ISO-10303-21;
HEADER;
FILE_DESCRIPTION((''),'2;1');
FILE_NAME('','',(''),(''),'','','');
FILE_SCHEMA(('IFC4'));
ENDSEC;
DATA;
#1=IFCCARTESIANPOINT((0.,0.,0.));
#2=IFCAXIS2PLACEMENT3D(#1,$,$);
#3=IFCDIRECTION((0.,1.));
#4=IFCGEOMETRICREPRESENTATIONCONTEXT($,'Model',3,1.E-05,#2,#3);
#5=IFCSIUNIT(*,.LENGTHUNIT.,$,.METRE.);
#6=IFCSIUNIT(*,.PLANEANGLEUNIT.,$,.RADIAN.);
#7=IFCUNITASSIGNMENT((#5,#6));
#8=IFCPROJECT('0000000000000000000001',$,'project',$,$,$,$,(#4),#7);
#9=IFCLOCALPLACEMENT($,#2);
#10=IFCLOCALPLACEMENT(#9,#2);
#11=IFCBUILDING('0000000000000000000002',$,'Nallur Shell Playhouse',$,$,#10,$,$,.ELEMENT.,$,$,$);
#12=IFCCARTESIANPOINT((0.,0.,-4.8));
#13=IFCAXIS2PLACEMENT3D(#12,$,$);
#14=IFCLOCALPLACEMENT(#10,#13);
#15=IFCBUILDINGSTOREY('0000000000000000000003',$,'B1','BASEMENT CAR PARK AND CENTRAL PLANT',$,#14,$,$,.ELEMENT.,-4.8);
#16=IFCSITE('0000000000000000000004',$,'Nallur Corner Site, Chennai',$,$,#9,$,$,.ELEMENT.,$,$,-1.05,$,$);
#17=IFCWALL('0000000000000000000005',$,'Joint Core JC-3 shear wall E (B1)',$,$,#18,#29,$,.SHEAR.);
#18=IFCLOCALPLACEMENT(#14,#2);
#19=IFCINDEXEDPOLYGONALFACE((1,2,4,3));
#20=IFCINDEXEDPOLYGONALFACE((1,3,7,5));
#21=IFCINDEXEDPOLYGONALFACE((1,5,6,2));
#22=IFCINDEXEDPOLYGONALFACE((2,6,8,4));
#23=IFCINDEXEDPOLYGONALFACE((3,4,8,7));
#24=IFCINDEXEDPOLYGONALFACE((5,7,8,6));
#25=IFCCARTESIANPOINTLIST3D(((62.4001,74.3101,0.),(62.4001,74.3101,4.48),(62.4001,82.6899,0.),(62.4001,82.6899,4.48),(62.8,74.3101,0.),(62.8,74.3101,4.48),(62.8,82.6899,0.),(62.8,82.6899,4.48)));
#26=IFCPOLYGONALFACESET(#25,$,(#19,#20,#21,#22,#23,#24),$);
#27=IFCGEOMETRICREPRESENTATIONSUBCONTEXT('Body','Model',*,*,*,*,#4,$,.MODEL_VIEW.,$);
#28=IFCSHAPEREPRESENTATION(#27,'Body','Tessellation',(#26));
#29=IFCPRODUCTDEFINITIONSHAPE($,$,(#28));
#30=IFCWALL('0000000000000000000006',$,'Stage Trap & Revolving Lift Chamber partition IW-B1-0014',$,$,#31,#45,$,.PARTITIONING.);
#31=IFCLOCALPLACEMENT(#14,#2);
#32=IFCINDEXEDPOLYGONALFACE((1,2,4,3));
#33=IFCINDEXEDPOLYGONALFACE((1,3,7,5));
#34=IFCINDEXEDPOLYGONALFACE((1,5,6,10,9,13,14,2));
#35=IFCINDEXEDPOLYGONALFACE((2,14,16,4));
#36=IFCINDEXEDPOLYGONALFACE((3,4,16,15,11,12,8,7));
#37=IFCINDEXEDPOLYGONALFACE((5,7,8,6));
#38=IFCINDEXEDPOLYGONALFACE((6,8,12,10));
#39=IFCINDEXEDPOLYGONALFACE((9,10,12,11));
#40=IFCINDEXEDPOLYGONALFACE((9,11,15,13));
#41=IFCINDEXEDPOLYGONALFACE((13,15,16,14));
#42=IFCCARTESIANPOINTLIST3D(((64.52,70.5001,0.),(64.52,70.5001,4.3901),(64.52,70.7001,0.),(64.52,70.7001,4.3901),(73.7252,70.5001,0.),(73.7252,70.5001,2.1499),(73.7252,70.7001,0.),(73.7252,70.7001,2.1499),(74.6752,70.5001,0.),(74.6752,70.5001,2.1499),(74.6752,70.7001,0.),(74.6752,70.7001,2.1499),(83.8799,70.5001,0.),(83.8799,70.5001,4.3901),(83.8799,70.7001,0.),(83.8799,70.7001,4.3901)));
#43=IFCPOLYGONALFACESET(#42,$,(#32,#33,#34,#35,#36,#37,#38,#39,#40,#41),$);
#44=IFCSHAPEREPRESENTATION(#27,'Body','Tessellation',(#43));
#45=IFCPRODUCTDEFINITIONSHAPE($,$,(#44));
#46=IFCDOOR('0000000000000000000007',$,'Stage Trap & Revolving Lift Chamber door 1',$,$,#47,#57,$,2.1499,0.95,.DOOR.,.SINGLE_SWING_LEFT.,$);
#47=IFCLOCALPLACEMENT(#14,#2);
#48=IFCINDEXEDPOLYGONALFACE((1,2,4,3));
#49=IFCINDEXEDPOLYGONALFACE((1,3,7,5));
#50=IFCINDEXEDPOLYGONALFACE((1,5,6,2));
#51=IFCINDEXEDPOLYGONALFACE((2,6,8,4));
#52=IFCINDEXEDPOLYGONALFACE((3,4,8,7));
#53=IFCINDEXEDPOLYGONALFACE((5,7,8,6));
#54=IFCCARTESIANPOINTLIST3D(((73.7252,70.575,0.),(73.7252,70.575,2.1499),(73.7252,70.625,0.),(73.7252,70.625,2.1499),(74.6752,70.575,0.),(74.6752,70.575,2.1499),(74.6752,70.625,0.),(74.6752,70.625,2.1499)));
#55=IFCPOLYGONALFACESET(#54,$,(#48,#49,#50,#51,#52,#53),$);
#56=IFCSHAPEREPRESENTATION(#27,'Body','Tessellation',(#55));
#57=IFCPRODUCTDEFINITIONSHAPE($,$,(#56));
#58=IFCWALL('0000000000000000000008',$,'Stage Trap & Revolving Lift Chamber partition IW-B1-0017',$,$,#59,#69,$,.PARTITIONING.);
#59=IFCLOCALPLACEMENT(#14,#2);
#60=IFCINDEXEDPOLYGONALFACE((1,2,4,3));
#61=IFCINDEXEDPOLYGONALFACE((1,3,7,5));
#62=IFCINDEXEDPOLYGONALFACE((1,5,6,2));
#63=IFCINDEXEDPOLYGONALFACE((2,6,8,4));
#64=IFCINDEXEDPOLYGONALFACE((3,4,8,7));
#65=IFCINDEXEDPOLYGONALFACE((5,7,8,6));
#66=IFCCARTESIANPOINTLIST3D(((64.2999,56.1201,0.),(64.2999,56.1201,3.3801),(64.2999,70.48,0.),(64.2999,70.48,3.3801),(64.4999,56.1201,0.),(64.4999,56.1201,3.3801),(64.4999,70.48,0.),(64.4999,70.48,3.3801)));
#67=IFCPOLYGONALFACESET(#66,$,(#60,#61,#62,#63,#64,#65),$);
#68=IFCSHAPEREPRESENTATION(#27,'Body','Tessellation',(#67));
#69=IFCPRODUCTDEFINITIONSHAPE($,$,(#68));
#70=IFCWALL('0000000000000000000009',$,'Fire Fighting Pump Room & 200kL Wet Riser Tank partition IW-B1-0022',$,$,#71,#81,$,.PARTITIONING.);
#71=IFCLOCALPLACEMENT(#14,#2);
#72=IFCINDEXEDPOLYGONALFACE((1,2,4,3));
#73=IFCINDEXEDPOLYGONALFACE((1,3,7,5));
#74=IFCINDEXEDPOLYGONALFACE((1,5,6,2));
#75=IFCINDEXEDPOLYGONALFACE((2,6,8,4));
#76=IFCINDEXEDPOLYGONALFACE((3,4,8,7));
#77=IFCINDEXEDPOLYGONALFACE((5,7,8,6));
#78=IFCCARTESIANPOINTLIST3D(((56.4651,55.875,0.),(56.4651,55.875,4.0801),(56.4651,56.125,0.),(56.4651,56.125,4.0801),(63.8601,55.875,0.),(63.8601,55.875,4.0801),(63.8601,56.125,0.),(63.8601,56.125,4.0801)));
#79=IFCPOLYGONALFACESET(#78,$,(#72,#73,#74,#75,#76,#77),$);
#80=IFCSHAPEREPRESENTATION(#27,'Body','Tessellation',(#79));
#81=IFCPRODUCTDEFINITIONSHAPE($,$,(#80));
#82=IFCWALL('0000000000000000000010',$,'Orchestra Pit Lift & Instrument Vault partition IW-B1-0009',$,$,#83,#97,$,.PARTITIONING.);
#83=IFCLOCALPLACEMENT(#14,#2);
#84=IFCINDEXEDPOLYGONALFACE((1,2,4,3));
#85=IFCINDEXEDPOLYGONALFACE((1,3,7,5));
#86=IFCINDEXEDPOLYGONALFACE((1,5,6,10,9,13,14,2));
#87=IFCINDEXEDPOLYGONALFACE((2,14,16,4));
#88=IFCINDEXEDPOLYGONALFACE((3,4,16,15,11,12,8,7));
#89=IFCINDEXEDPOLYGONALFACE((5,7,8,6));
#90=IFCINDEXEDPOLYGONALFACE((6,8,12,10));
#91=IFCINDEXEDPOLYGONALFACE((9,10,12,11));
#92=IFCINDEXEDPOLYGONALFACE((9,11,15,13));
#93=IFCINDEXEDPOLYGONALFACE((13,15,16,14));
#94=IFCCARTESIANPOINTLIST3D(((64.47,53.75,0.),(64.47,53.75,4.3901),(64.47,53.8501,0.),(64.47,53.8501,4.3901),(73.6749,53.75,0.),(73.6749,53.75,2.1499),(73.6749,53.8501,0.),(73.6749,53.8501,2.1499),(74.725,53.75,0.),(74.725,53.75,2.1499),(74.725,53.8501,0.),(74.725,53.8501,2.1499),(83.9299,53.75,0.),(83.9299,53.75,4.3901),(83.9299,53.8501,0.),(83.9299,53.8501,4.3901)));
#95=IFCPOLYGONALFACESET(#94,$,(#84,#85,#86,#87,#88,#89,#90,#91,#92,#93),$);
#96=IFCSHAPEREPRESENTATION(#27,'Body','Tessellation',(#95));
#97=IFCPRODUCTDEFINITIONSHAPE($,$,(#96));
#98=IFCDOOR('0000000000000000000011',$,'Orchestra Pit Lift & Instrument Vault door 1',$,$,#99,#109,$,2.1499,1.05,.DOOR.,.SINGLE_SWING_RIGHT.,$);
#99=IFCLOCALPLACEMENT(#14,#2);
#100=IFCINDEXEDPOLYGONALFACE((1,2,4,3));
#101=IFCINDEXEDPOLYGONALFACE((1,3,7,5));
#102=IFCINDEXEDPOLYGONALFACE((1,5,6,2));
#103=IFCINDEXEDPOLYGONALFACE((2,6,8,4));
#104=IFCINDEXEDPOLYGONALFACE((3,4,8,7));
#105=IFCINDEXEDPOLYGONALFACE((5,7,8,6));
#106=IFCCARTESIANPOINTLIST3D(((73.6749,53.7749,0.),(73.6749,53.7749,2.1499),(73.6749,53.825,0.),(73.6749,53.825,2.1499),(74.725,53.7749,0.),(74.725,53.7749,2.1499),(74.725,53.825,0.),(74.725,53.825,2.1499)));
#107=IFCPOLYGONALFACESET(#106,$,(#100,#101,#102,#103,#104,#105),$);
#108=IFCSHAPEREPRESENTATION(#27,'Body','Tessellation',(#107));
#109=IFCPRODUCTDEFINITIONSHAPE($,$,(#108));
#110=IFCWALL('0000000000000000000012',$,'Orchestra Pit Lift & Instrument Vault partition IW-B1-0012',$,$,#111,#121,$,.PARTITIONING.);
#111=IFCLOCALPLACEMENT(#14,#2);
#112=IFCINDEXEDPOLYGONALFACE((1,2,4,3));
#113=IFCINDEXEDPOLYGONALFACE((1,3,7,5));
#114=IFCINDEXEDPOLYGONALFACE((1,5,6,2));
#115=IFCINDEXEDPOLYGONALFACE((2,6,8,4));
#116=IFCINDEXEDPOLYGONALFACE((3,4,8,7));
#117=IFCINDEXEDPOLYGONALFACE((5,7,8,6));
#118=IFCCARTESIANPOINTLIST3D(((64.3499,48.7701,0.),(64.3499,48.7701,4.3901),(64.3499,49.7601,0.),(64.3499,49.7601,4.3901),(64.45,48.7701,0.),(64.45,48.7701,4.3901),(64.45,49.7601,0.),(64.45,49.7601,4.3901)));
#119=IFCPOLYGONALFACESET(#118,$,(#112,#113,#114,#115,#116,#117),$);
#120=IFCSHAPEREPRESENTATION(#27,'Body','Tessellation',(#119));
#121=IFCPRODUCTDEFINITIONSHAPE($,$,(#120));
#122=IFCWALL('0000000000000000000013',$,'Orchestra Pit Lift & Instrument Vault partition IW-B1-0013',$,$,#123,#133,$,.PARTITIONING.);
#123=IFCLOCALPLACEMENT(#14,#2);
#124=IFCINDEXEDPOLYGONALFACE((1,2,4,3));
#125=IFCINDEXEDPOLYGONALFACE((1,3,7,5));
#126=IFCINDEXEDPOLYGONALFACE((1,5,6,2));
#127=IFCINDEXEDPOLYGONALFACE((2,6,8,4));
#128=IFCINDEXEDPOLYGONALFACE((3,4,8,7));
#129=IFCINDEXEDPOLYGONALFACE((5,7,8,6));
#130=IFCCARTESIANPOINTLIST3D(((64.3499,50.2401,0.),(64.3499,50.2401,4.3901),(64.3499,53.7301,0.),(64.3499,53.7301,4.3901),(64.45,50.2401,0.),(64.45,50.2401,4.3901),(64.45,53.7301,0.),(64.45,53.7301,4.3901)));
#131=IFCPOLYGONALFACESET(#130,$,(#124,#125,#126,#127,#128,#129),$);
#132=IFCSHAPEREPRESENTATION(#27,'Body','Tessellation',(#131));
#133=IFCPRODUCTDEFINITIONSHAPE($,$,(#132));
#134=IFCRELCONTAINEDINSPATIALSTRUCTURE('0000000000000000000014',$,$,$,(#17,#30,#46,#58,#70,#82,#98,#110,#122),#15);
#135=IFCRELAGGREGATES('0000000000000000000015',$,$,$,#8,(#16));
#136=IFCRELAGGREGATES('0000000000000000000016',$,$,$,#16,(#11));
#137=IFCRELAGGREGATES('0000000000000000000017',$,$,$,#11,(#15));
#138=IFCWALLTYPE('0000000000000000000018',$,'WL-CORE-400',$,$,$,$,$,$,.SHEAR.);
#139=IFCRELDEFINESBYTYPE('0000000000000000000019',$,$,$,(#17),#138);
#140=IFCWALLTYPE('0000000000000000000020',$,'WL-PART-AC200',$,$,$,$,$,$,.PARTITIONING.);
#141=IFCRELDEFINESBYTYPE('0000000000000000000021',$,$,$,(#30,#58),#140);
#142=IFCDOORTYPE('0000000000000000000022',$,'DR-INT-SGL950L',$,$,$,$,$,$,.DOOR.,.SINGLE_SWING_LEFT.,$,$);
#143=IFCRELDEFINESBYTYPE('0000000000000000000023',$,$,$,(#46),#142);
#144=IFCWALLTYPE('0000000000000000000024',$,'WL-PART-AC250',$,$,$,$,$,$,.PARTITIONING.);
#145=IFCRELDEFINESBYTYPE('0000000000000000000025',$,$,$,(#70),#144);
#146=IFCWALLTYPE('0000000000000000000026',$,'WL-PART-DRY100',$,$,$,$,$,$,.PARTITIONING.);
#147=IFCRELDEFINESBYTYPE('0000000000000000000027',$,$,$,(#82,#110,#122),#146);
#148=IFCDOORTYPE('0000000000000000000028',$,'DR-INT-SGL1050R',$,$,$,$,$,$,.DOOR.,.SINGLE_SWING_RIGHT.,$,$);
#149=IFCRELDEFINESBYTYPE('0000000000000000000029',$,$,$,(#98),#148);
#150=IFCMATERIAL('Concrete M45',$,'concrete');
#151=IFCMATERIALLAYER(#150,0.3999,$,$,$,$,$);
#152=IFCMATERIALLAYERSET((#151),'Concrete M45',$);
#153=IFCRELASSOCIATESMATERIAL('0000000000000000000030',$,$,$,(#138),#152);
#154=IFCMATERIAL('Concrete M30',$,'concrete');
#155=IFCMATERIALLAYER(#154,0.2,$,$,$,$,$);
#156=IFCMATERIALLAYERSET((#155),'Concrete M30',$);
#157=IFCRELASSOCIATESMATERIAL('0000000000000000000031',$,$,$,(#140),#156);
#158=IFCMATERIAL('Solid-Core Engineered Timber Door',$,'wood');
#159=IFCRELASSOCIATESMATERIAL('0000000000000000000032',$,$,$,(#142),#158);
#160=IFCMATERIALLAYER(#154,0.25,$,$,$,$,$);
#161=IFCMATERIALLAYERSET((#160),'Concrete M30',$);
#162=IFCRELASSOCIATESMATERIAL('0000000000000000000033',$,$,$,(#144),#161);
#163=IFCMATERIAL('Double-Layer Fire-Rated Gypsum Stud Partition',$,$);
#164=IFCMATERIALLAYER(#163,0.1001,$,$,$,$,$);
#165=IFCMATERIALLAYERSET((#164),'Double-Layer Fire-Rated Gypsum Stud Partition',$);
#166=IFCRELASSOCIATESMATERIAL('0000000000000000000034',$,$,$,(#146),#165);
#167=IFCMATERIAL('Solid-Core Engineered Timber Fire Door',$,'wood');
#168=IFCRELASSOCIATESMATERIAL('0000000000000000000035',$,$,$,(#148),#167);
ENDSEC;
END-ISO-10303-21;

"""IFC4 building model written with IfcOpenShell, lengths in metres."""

from ifc_helpers import new_model, si_unit, direction, frame, frame_2d, origin, place, context, subcontext, project, spatial, rectangle, extrude, material, layer, layer_set, type_object, element, fill, save


model = new_model("IFC4")

# Units and contexts
model_context = context("Model", 3, precision=1e-05, world=origin(), true_north=direction((0.0, 1.0)))
body_context = subcontext(model_context, "Body", "Model", "MODEL_VIEW")
ifc_project = project(units=[si_unit("LENGTHUNIT", "METRE"), si_unit("PLANEANGLEUNIT", "RADIAN")], contexts=[model_context])

# Site, building, storey
site_placement = place(None, origin())
site = spatial("IfcSite", under=ifc_project, at=site_placement, Name="Nallur Corner Site, Chennai", CompositionType="ELEMENT", RefElevation=-1.05)
building_placement = place(site_placement, origin())
building = spatial("IfcBuilding", under=site, at=building_placement, Name="Nallur Shell Playhouse", CompositionType="ELEMENT")
storey_placement = place(building_placement, frame((0.0, 0.0, -4.8)))
storey = spatial("IfcBuildingStorey", under=building, at=storey_placement, Name="B1", Description="BASEMENT CAR PARK AND CENTRAL PLANT", CompositionType="ELEMENT", Elevation=-4.8)

# Wall
ifc_material_1 = material(Name="Concrete M45", Category="concrete")
ifc_layer_1 = layer(ifc_material_1, 0.3999)
ifc_layer_set_1 = layer_set([ifc_layer_1], Name="Concrete M45")
wall_type_1 = type_object("IfcWallType", Name="WL-CORE-400", PredefinedType="SHEAR", material=ifc_layer_set_1)
wall_1_placement = place(storey_placement, frame((62.6001, 74.3101, 0.0), z_axis=(0.0, 0.0, 1.0), x_axis=(0.0, 1.0, 0.0)))
element("IfcWall", 1, at=wall_1_placement, inside=storey, type_object=wall_type_1, Name="Joint Core JC-3 shear wall E (B1)", PredefinedType="SHEAR", context=body_context, shape_type="SweptSolid", body=[
    extrude(rectangle(XDim=8.3799, YDim=0.3999, at=frame_2d((4.1899, 0.0))), origin(), (0.0, 0.0, 1.0), 4.48),
])

# Wall, opening, door
ifc_material_2 = material(Name="Concrete M30", Category="concrete")
ifc_layer_2 = layer(ifc_material_2, 0.2)
ifc_layer_set_2 = layer_set([ifc_layer_2], Name="Concrete M30")
wall_type_2 = type_object("IfcWallType", Name="WL-PART-AC200", PredefinedType="PARTITIONING", material=ifc_layer_set_2)
wall_2_placement = place(storey_placement, frame((64.52, 70.6001, 0.0), z_axis=(0.0, 0.0, 1.0), x_axis=(1.0, 0.0, 0.0)))
wall_2 = element("IfcWall", 2, at=wall_2_placement, inside=storey, type_object=wall_type_2, Name="Stage Trap & Revolving Lift Chamber partition IW-B1-0014", PredefinedType="PARTITIONING", context=body_context, shape_type="SweptSolid", body=[
    extrude(rectangle(XDim=19.3599, YDim=0.2, at=frame_2d((9.6799, 0.0))), origin(), (0.0, 0.0, 1.0), 4.3901),
])
opening_1_placement = place(wall_2_placement, frame((9.2051, 0.0, 0.0)))
opening_1 = element("IfcOpeningElement", 3, at=opening_1_placement, cuts=wall_2, PredefinedType="OPENING", context=body_context, shape_type="SweptSolid", body=[
    extrude(rectangle(XDim=0.95, YDim=2.1499, at=frame_2d((0.4751, 1.075))), frame((0.0, 0.1099, 0.0), z_axis=(0.0, -1.0, 0.0), x_axis=(1.0, 0.0, 0.0)), (0.0, 0.0, 1.0), 0.22),
])
ifc_material_3 = material(Name="Solid-Core Engineered Timber Door", Category="wood")
door_type_1 = type_object("IfcDoorType", Name="DR-INT-SGL950L", OperationType="SINGLE_SWING_LEFT", PredefinedType="DOOR", material=ifc_material_3)
door_1_placement = place(opening_1_placement, origin())
door_1 = element("IfcDoor", 4, at=door_1_placement, inside=storey, type_object=door_type_1, Name="Stage Trap & Revolving Lift Chamber door 1", OperationType="SINGLE_SWING_LEFT", OverallHeight=2.1499, OverallWidth=0.95, PredefinedType="DOOR", context=body_context, shape_type="SweptSolid", body=[
    extrude(rectangle(XDim=0.95, YDim=2.1499, at=frame_2d((0.4751, 1.075))), frame((0.0, 0.0249, 0.0), z_axis=(0.0, -1.0, 0.0), x_axis=(1.0, 0.0, 0.0)), (0.0, 0.0, 1.0), 0.05),
])
fill(opening_1, door_1)

# Walls
wall_3_placement = place(storey_placement, frame((64.3999, 56.1201, 0.0), z_axis=(0.0, 0.0, 1.0), x_axis=(0.0, 1.0, 0.0)))
element("IfcWall", 5, at=wall_3_placement, inside=storey, type_object=wall_type_2, Name="Stage Trap & Revolving Lift Chamber partition IW-B1-0017", PredefinedType="PARTITIONING", context=body_context, shape_type="SweptSolid", body=[
    extrude(rectangle(XDim=14.3599, YDim=0.2, at=frame_2d((7.1799, 0.0))), origin(), (0.0, 0.0, 1.0), 3.3801),
])
ifc_layer_3 = layer(ifc_material_2, 0.25)
ifc_layer_set_3 = layer_set([ifc_layer_3], Name="Concrete M30")
wall_type_3 = type_object("IfcWallType", Name="WL-PART-AC250", PredefinedType="PARTITIONING", material=ifc_layer_set_3)
wall_4_placement = place(storey_placement, frame((63.8601, 56.0, 0.0), z_axis=(0.0, 0.0, 1.0), x_axis=(-1.0, 0.0, 0.0)))
element("IfcWall", 6, at=wall_4_placement, inside=storey, type_object=wall_type_3, Name="Fire Fighting Pump Room & 200kL Wet Riser Tank partition IW-B1-0022", PredefinedType="PARTITIONING", context=body_context, shape_type="SweptSolid", body=[
    extrude(rectangle(XDim=7.395, YDim=0.25, at=frame_2d((3.6975, 0.0))), origin(), (0.0, 0.0, 1.0), 4.0801),
])

# Wall, opening, door
ifc_material_4 = material(Name="Double-Layer Fire-Rated Gypsum Stud Partition")
ifc_layer_4 = layer(ifc_material_4, 0.1001)
ifc_layer_set_4 = layer_set([ifc_layer_4], Name="Double-Layer Fire-Rated Gypsum Stud Partition")
wall_type_4 = type_object("IfcWallType", Name="WL-PART-DRY100", PredefinedType="PARTITIONING", material=ifc_layer_set_4)
wall_5_placement = place(storey_placement, frame((64.47, 53.8, 0.0), z_axis=(0.0, 0.0, 1.0), x_axis=(1.0, 0.0, 0.0)))
wall_5 = element("IfcWall", 7, at=wall_5_placement, inside=storey, type_object=wall_type_4, Name="Orchestra Pit Lift & Instrument Vault partition IW-B1-0009", PredefinedType="PARTITIONING", context=body_context, shape_type="SweptSolid", body=[
    extrude(rectangle(XDim=19.46, YDim=0.1001, at=frame_2d((9.73, 0.0))), origin(), (0.0, 0.0, 1.0), 4.3901),
])
opening_2_placement = place(wall_5_placement, frame((9.2051, 0.0, 0.0)))
opening_2 = element("IfcOpeningElement", 8, at=opening_2_placement, cuts=wall_5, PredefinedType="OPENING", context=body_context, shape_type="SweptSolid", body=[
    extrude(rectangle(XDim=1.05, YDim=2.1499, at=frame_2d((0.5249, 1.075))), frame((0.0, 0.0601, 0.0), z_axis=(0.0, -1.0, 0.0), x_axis=(1.0, 0.0, 0.0)), (0.0, 0.0, 1.0), 0.1201),
])
ifc_material_5 = material(Name="Solid-Core Engineered Timber Fire Door", Category="wood")
door_type_2 = type_object("IfcDoorType", Name="DR-INT-SGL1050R", OperationType="SINGLE_SWING_RIGHT", PredefinedType="DOOR", material=ifc_material_5)
door_2_placement = place(opening_2_placement, origin())
door_2 = element("IfcDoor", 9, at=door_2_placement, inside=storey, type_object=door_type_2, Name="Orchestra Pit Lift & Instrument Vault door 1", OperationType="SINGLE_SWING_RIGHT", OverallHeight=2.1499, OverallWidth=1.05, PredefinedType="DOOR", context=body_context, shape_type="SweptSolid", body=[
    extrude(rectangle(XDim=1.05, YDim=2.1499, at=frame_2d((0.5249, 1.075))), frame((0.0, 0.0249, 0.0), z_axis=(0.0, -1.0, 0.0), x_axis=(1.0, 0.0, 0.0)), (0.0, 0.0, 1.0), 0.05),
])
fill(opening_2, door_2)

# Walls
wall_6_placement = place(storey_placement, frame((64.3999, 48.77, 0.0), z_axis=(0.0, 0.0, 1.0), x_axis=(0.0, 1.0, 0.0)))
element("IfcWall", 10, at=wall_6_placement, inside=storey, type_object=wall_type_4, Name="Orchestra Pit Lift & Instrument Vault partition IW-B1-0012", PredefinedType="PARTITIONING", context=body_context, shape_type="SweptSolid", body=[
    extrude(rectangle(XDim=0.99, YDim=0.1001, at=frame_2d((0.4951, 0.0))), origin(), (0.0, 0.0, 1.0), 4.3901),
])
wall_7_placement = place(storey_placement, frame((64.3999, 50.24, 0.0), z_axis=(0.0, 0.0, 1.0), x_axis=(0.0, 1.0, 0.0)))
element("IfcWall", 11, at=wall_7_placement, inside=storey, type_object=wall_type_4, Name="Orchestra Pit Lift & Instrument Vault partition IW-B1-0013", PredefinedType="PARTITIONING", context=body_context, shape_type="SweptSolid", body=[
    extrude(rectangle(XDim=3.49, YDim=0.1001, at=frame_2d((1.7451, 0.0))), origin(), (0.0, 0.0, 1.0), 4.3901),
])

save(model, "model.ifc")
